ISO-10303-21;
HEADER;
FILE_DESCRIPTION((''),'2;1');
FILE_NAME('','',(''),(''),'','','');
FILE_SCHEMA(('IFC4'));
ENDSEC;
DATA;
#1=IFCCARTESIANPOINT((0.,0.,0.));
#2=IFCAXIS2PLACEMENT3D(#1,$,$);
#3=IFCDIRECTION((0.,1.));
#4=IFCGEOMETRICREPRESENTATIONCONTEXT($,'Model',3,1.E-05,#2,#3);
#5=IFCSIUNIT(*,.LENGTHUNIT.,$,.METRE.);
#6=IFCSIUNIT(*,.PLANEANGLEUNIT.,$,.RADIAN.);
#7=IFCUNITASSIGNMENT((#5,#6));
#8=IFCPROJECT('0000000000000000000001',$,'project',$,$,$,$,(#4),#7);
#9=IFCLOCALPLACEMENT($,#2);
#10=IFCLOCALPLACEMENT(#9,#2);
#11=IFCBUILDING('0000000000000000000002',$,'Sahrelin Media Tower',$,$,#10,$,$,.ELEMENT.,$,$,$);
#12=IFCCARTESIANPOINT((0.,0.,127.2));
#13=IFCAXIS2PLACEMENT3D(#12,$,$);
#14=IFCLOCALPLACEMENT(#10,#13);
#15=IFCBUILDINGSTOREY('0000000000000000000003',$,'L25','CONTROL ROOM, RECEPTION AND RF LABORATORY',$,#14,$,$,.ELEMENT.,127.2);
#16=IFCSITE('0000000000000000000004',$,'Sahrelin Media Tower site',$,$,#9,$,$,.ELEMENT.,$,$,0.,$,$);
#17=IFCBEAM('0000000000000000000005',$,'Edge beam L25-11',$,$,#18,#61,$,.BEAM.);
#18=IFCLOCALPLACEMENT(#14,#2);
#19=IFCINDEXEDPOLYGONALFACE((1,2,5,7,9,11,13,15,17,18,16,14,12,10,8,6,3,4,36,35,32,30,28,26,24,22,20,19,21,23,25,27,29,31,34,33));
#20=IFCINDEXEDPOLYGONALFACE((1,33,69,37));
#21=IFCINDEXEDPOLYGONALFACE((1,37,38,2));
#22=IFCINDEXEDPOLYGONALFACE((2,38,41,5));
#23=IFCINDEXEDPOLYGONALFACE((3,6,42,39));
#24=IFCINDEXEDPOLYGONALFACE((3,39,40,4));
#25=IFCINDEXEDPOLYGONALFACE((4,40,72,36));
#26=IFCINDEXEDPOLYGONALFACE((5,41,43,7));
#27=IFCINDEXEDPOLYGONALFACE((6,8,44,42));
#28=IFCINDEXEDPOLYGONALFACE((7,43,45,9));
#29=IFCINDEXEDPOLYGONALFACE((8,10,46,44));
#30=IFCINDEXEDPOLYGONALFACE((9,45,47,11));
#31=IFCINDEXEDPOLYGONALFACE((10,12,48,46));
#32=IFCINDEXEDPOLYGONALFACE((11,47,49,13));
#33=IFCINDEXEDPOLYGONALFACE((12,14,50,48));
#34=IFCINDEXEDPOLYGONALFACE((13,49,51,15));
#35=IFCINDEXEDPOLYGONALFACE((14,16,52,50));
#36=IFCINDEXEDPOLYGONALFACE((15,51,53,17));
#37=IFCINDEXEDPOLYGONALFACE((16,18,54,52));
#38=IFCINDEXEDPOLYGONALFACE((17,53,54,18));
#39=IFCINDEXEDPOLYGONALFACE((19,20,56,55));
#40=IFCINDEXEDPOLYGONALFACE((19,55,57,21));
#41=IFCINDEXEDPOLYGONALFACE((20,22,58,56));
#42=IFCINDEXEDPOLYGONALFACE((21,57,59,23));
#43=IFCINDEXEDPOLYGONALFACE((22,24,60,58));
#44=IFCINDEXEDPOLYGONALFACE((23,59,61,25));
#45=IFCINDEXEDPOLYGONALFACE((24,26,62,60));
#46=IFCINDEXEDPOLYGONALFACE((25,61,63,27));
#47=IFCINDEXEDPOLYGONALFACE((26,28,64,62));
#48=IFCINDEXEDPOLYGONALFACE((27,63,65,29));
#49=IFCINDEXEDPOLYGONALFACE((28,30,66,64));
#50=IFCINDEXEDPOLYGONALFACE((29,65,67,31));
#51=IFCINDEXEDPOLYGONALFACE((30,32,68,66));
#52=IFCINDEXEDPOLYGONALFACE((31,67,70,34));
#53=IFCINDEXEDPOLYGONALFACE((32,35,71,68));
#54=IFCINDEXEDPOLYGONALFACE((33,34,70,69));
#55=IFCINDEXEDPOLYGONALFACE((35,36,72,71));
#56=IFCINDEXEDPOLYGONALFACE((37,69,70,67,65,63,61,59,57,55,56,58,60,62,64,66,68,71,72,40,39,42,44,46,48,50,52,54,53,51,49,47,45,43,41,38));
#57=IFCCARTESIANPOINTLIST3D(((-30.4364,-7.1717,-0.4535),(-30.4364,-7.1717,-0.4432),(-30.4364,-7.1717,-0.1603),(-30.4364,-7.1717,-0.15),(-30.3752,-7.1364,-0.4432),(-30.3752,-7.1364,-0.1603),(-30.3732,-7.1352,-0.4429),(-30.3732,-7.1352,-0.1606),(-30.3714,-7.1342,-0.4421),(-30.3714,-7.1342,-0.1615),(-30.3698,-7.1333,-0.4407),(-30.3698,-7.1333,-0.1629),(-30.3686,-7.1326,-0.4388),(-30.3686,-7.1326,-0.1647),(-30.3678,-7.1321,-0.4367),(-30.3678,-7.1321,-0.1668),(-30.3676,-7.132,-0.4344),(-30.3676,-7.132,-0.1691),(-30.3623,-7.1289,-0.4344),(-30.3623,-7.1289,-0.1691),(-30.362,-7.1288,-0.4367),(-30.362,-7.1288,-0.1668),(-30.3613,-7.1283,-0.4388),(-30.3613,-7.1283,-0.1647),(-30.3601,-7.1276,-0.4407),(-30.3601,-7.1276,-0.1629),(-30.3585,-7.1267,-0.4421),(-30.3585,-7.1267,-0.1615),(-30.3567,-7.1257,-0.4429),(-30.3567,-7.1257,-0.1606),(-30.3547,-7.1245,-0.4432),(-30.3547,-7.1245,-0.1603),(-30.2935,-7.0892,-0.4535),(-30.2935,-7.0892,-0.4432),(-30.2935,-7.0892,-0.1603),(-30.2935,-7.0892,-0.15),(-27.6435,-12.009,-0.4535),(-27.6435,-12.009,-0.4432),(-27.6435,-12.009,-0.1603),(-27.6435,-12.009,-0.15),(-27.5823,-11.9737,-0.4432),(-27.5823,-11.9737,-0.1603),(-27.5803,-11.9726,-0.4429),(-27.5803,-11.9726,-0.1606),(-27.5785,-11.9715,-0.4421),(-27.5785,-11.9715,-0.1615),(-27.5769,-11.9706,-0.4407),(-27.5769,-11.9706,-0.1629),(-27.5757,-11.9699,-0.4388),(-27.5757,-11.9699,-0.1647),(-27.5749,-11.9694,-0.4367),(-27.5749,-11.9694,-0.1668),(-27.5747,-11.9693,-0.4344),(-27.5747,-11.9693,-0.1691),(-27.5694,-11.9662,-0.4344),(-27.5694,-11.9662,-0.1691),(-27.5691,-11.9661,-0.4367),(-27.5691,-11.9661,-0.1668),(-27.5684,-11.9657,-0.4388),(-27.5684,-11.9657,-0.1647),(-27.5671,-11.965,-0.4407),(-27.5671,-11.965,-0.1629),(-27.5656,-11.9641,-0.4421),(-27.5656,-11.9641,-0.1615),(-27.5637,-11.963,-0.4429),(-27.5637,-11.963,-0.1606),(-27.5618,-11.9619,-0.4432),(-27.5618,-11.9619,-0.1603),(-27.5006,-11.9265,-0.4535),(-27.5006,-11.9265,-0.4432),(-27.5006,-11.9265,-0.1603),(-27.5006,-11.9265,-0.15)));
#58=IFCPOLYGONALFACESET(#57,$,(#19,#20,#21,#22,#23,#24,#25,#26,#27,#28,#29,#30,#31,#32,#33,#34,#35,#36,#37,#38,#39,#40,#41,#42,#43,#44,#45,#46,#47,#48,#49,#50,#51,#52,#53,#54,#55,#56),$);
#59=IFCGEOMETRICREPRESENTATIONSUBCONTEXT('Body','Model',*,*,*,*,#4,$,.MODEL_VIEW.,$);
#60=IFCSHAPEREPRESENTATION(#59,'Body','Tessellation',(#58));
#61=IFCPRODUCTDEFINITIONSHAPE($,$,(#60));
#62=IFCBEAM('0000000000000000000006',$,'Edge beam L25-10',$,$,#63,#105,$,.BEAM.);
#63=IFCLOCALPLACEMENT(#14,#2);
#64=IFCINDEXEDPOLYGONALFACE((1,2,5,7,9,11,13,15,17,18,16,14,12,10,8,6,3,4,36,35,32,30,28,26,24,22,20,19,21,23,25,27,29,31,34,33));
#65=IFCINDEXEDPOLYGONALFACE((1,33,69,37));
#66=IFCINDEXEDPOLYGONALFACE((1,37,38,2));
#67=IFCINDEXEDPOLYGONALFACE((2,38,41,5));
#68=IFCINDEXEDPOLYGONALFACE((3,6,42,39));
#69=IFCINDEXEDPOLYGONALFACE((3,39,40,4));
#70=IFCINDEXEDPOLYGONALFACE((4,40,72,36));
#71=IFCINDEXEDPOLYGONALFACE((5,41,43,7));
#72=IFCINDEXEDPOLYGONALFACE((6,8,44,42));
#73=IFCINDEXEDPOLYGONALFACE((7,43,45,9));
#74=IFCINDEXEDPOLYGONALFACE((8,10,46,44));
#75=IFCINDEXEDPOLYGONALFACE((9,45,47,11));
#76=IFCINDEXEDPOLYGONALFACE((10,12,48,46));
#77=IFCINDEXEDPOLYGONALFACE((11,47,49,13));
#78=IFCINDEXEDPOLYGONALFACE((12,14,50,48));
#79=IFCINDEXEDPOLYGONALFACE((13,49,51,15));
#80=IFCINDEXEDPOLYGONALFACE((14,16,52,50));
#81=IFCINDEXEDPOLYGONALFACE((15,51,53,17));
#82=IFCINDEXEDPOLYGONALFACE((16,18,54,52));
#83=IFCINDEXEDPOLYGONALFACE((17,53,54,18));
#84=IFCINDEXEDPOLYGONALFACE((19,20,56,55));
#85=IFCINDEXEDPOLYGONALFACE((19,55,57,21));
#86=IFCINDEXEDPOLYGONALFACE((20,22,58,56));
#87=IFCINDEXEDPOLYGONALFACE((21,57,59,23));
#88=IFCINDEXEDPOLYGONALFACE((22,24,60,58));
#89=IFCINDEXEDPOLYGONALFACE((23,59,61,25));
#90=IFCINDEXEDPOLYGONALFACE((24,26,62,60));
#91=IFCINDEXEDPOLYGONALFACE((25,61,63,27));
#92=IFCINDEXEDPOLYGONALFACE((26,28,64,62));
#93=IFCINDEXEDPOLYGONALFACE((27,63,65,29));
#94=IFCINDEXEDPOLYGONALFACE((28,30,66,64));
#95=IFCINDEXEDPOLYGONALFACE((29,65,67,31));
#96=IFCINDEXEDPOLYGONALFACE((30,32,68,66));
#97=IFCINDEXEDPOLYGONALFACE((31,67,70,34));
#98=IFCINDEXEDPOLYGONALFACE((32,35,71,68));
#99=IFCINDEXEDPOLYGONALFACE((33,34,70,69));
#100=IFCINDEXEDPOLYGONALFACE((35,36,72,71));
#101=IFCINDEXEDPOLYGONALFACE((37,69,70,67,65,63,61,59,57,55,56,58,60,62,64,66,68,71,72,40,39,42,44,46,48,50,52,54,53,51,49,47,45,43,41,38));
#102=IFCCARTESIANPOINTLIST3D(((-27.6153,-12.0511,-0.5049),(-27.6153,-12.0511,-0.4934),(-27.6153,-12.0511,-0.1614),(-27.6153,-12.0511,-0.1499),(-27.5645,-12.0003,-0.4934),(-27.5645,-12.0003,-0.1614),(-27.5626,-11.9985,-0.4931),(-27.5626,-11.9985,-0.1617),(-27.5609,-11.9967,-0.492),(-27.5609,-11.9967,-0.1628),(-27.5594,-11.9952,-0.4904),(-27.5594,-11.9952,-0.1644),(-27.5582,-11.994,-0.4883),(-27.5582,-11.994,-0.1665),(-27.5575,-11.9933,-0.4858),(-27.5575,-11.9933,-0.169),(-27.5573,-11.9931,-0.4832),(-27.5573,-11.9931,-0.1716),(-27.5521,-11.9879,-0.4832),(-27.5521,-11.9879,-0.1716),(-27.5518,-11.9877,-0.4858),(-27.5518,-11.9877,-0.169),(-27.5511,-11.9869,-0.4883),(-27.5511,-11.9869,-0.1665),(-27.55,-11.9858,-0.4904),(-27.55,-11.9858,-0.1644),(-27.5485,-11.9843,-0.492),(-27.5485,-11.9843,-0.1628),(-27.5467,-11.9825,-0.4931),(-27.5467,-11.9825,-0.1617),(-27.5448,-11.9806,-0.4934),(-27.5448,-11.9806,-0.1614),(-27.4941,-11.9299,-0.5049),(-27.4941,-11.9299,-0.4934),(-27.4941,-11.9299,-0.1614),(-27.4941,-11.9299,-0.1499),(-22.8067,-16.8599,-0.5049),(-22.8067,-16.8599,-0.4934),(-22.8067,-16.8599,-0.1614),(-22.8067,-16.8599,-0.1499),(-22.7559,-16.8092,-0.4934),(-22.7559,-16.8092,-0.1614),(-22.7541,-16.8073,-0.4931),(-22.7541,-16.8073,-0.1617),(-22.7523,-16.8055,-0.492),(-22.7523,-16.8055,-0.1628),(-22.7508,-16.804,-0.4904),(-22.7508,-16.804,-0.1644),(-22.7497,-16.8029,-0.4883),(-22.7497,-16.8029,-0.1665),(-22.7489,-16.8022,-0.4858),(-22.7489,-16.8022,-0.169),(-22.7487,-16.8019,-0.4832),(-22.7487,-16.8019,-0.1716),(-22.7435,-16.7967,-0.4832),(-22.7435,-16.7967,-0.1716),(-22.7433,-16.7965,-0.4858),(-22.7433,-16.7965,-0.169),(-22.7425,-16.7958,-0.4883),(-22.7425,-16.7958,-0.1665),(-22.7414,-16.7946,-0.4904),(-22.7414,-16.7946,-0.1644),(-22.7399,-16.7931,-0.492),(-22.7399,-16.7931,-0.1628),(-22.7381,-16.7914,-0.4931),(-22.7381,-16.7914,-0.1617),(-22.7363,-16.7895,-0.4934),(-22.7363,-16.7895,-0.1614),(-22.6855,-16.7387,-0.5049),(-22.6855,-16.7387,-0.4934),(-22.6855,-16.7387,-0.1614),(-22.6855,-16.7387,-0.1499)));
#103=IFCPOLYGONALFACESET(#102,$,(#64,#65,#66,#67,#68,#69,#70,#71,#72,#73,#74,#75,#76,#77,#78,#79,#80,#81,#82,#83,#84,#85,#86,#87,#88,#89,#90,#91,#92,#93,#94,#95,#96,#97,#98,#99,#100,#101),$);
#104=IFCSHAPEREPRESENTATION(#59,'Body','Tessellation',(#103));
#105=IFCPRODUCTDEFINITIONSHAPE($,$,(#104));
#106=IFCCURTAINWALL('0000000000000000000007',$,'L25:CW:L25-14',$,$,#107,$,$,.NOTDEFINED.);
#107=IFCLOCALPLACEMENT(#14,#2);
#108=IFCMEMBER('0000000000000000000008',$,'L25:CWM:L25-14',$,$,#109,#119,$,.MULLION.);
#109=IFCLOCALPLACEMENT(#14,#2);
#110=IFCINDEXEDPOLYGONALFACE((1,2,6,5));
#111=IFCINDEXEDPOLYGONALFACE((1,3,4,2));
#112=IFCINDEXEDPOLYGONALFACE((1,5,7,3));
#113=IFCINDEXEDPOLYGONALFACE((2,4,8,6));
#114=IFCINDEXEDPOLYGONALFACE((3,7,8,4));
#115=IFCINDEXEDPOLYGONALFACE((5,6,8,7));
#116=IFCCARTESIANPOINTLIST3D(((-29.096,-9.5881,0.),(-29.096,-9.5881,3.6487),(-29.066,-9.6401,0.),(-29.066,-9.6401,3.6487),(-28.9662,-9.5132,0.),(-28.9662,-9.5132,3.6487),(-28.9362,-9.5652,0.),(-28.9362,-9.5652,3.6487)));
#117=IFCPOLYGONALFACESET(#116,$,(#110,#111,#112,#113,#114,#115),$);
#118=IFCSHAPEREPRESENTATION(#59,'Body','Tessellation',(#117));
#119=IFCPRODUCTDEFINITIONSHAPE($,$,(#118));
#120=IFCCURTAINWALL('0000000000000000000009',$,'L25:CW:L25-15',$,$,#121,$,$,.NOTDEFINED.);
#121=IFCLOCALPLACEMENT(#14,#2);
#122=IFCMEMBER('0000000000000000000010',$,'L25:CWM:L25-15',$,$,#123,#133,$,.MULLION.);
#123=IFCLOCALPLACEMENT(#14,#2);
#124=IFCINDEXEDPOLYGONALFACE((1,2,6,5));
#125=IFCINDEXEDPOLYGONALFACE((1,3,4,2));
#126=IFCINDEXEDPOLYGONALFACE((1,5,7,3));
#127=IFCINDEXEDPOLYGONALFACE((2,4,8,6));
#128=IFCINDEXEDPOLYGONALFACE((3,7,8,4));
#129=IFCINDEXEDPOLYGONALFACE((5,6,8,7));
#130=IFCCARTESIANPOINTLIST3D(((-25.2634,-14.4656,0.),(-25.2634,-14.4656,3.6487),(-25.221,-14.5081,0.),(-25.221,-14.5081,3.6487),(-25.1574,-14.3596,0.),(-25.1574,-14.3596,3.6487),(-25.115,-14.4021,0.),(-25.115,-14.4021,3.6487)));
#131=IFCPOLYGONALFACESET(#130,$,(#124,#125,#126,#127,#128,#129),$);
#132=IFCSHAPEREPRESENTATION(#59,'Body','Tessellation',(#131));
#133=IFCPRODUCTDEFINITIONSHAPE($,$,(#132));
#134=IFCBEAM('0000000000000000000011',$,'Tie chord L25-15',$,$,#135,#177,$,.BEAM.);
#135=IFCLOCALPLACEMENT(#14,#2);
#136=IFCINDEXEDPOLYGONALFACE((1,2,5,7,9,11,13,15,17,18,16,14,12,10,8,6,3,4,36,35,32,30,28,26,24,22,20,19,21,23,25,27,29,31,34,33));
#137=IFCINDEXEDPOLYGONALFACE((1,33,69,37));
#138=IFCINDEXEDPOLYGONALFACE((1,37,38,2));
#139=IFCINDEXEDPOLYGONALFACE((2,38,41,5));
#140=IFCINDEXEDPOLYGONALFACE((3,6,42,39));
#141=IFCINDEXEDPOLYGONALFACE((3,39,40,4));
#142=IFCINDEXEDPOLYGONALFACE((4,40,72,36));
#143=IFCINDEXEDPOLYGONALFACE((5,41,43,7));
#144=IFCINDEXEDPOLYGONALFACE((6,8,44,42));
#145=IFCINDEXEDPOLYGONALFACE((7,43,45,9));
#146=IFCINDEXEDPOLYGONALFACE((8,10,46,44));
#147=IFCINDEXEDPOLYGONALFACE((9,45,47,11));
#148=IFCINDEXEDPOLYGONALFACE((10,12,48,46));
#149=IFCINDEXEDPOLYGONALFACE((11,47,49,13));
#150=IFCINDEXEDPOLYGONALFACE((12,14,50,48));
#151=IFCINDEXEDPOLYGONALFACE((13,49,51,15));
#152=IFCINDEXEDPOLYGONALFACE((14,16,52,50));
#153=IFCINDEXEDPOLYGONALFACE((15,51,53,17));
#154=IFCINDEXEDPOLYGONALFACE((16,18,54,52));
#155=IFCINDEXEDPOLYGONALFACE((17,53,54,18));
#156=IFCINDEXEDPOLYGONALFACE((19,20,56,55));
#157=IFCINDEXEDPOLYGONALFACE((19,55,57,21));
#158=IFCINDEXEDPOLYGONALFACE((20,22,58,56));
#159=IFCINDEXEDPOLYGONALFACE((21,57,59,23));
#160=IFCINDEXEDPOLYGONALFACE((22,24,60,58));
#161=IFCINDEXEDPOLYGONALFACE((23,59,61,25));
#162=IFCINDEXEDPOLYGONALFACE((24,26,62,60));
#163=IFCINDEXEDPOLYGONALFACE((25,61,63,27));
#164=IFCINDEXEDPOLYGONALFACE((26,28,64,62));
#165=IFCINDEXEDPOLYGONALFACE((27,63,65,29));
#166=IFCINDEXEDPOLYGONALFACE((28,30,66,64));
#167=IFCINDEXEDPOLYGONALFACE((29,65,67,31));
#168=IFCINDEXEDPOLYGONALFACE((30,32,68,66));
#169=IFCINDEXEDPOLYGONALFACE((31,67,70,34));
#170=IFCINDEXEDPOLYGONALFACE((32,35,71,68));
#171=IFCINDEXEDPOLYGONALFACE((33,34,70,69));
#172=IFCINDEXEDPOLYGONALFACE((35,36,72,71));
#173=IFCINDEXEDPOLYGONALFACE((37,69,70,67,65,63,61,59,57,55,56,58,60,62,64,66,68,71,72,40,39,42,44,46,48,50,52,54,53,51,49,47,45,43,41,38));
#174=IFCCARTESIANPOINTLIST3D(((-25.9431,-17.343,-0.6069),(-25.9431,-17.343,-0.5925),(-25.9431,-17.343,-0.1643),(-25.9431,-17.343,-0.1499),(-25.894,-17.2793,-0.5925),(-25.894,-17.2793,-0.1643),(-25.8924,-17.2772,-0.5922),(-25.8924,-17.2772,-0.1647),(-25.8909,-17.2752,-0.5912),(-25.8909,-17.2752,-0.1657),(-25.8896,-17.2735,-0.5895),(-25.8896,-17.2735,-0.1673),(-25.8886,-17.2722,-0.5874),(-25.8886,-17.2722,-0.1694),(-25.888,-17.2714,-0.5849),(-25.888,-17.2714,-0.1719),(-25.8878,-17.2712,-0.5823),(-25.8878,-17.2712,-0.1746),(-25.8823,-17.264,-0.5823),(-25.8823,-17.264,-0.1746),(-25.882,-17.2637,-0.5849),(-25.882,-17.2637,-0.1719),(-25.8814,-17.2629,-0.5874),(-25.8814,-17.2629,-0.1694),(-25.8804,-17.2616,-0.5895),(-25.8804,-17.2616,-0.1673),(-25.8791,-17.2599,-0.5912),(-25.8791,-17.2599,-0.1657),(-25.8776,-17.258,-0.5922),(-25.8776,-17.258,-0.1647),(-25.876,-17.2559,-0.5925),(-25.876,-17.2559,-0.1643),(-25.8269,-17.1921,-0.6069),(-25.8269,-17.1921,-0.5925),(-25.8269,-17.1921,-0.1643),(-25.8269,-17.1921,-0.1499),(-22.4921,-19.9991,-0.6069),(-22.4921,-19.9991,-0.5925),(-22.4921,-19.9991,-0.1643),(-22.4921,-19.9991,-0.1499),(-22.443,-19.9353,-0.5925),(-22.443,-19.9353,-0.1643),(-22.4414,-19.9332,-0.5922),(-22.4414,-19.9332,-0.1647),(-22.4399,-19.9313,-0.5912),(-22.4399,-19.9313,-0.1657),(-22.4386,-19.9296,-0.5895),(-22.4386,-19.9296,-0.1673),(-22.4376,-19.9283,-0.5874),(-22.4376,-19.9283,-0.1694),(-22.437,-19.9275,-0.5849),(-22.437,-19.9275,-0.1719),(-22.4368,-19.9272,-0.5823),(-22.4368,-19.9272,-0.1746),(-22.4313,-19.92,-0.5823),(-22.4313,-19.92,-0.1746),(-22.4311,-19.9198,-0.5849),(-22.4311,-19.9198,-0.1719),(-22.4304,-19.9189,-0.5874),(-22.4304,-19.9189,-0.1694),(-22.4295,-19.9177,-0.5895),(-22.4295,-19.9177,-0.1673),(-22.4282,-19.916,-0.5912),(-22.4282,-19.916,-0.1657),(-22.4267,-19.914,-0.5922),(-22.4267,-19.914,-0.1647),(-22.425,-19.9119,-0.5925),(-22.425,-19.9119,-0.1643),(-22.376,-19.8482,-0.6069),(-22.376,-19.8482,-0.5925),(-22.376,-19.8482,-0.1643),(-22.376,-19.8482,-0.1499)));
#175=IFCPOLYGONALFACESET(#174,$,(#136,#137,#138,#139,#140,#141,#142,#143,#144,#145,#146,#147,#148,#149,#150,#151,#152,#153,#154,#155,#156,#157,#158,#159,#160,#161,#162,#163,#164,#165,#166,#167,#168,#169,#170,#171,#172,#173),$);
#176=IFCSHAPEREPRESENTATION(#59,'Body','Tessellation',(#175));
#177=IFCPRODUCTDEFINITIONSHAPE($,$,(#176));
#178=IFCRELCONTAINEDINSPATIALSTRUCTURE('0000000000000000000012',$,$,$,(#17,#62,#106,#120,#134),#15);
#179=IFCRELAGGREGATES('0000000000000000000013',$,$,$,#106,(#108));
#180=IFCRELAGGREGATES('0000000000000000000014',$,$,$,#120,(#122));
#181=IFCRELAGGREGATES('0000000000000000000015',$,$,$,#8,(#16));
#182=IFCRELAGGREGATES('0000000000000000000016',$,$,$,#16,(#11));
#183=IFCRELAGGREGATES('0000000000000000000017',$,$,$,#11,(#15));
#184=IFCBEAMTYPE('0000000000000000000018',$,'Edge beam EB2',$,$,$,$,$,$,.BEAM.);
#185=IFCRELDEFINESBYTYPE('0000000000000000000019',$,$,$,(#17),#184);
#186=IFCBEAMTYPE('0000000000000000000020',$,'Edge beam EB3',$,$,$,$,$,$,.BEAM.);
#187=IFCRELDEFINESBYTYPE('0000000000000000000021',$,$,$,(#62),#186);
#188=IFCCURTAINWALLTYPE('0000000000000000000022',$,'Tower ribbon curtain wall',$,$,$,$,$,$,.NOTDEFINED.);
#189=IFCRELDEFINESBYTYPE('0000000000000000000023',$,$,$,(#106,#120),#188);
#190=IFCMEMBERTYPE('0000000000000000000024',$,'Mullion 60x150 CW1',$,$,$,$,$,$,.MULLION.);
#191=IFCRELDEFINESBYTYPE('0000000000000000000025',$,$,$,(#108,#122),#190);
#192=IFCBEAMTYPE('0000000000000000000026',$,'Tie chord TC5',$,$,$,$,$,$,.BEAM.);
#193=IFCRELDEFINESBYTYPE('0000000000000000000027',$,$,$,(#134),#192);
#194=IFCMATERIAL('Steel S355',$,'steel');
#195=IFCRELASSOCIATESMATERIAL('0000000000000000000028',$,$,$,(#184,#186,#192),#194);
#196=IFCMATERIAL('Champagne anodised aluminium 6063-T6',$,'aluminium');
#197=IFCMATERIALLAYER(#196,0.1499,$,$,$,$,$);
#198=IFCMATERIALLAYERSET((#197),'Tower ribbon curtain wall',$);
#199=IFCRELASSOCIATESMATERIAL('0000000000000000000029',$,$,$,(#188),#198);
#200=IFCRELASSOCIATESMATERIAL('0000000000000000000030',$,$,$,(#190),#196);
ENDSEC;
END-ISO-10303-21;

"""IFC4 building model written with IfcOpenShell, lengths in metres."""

from ifc_helpers import new_model, si_unit, direction, frame, origin, origin_2d, place, context, subcontext, project, spatial, rectangle, i_section, extrude, material, layer, layer_set, material_profile, profile_set, type_object, element, aggregate, save


model = new_model("IFC4")

# Units and contexts
model_context = context("Model", 3, precision=1e-05, world=origin(), true_north=direction((0.0, 1.0)))
body_context = subcontext(model_context, "Body", "Model", "MODEL_VIEW")
ifc_project = project(units=[si_unit("LENGTHUNIT", "METRE"), si_unit("PLANEANGLEUNIT", "RADIAN")], contexts=[model_context])

# Site, building, storey
site_placement = place(None, origin())
site = spatial("IfcSite", under=ifc_project, at=site_placement, Name="Sahrelin Media Tower site", CompositionType="ELEMENT", RefElevation=0.0)
building_placement = place(site_placement, origin())
building = spatial("IfcBuilding", under=site, at=building_placement, Name="Sahrelin Media Tower", CompositionType="ELEMENT")
storey_placement = place(building_placement, frame((0.0, 0.0, 127.2)))
storey = spatial("IfcBuildingStorey", under=building, at=storey_placement, Name="L25", Description="CONTROL ROOM, RECEPTION AND RF LABORATORY", CompositionType="ELEMENT", Elevation=127.2)

# Beams
ifc_material_1 = material(Name="Steel S355", Category="steel")
ifc_material_profile_1 = material_profile(ifc_material_1, i_section(OverallWidth=0.165, OverallDepth=0.3035, WebThickness=0.0061, FlangeThickness=0.0103, FilletRadius=0.0088, at=origin_2d()), Name="UB 305x165x40")
ifc_profile_set_1 = profile_set([ifc_material_profile_1], Name="Steel S355")
beam_type_1 = type_object("IfcBeamType", Name="Edge beam EB2", PredefinedType="BEAM", material=ifc_profile_set_1)
beam_1_placement = place(storey_placement, frame((-27.572, -11.9678, -0.3018), z_axis=(-0.500013, 0.866018, 0.0), x_axis=(-0.866018, -0.500013, 0.0)))
element("IfcBeam", 1, at=beam_1_placement, inside=storey, type_object=beam_type_1, Name="Edge beam L25-11", PredefinedType="BEAM", context=body_context, shape_type="SweptSolid", body=[
    extrude(i_section(OverallWidth=0.165, OverallDepth=0.3035, WebThickness=0.0061, FlangeThickness=0.0103, FilletRadius=0.0088, at=origin_2d()), origin(), (0.0, 0.0, 1.0), 5.5857),
])
ifc_material_profile_2 = material_profile(ifc_material_1, i_section(OverallWidth=0.1714, OverallDepth=0.355, WebThickness=0.0073, FlangeThickness=0.0115, FilletRadius=0.0103, at=origin_2d()), Name="UB 356x171x51")
ifc_profile_set_2 = profile_set([ifc_material_profile_2], Name="Steel S355")
beam_type_2 = type_object("IfcBeamType", Name="Edge beam EB3", PredefinedType="BEAM", material=ifc_profile_set_2)
beam_2_placement = place(storey_placement, frame((-22.7461, -16.7993, -0.3274), z_axis=(-0.707089, 0.707125, 0.0), x_axis=(-0.707125, -0.707089, 0.0)))
element("IfcBeam", 2, at=beam_2_placement, inside=storey, type_object=beam_type_2, Name="Edge beam L25-10", PredefinedType="BEAM", context=body_context, shape_type="SweptSolid", body=[
    extrude(i_section(OverallWidth=0.1714, OverallDepth=0.355, WebThickness=0.0073, FlangeThickness=0.0115, FilletRadius=0.0103, at=origin_2d()), origin(), (0.0, 0.0, 1.0), 6.8005),
])

# Curtain walls, members
ifc_material_2 = material(Name="Champagne anodised aluminium 6063-T6", Category="aluminium")
ifc_layer_1 = layer(ifc_material_2, 0.1499)
ifc_layer_set_1 = layer_set([ifc_layer_1], Name="Tower ribbon curtain wall")
curtain_wall_type = type_object("IfcCurtainWallType", Name="Tower ribbon curtain wall", PredefinedType="NOTDEFINED", material=ifc_layer_set_1)
curtain_wall_1_placement = place(storey_placement, frame((-29.0984, -9.624, 0.0), z_axis=(0.0, 0.0, 1.0), x_axis=(1.0, 0.0, 0.0)))
curtain_wall_1 = element("IfcCurtainWall", 3, at=curtain_wall_1_placement, inside=storey, type_object=curtain_wall_type, Name="L25:CW:L25-14", PredefinedType="NOTDEFINED")
ifc_material_profile_3 = material_profile(ifc_material_2, rectangle(XDim=0.0601, YDim=0.1499, at=origin_2d()), Name="Mullion 60x150")
ifc_profile_set_3 = profile_set([ifc_material_profile_3], Name="Champagne anodised aluminium 6063-T6")
member_type_1 = type_object("IfcMemberType", Name="Mullion 60x150 CW1", PredefinedType="MULLION", material=ifc_profile_set_3)
member_1_placement = place(storey_placement, frame((-29.0161, -9.5767, 0.0), z_axis=(0.0, 0.0, 1.0), x_axis=(0.499998, -0.866026, 0.0)))
member_1 = element("IfcMember", 4, at=member_1_placement, type_object=member_type_1, Name="L25:CWM:L25-14", PredefinedType="MULLION", context=body_context, shape_type="SweptSolid", body=[
    extrude(rectangle(XDim=0.0601, YDim=0.1499, at=origin_2d()), origin(), (0.0, 0.0, 1.0), 3.6487),
])
aggregate(curtain_wall_1, [member_1])
curtain_wall_2_placement = place(storey_placement, frame((-25.2563, -14.501, 0.0), z_axis=(0.0, 0.0, 1.0), x_axis=(1.0, 0.0, 0.0)))
curtain_wall_2 = element("IfcCurtainWall", 5, at=curtain_wall_2_placement, inside=storey, type_object=curtain_wall_type, Name="L25:CW:L25-15", PredefinedType="NOTDEFINED")
member_2_placement = place(storey_placement, frame((-25.1892, -14.4338, 0.0), z_axis=(0.0, 0.0, 1.0), x_axis=(0.707099, -0.707114, 0.0)))
member_2 = element("IfcMember", 6, at=member_2_placement, type_object=member_type_1, Name="L25:CWM:L25-15", PredefinedType="MULLION", context=body_context, shape_type="SweptSolid", body=[
    extrude(rectangle(XDim=0.0601, YDim=0.1499, at=origin_2d()), origin(), (0.0, 0.0, 1.0), 3.6487),
])

# Beam
ifc_material_profile_4 = material_profile(ifc_material_1, i_section(OverallWidth=0.1904, OverallDepth=0.457, WebThickness=0.009, FlangeThickness=0.0144, FilletRadius=0.0103, at=origin_2d()), Name="UB 457x191x74")
ifc_profile_set_4 = profile_set([ifc_material_profile_4], Name="Steel S355")
beam_type_3 = type_object("IfcBeamType", Name="Tie chord TC5", PredefinedType="BEAM", material=ifc_profile_set_4)
beam_3_placement = place(storey_placement, frame((-25.885, -17.2676, -0.3784), z_axis=(0.792463, -0.609919, 0.0), x_axis=(0.609919, 0.792463, 0.0)))
element("IfcBeam", 7, at=beam_3_placement, inside=storey, type_object=beam_type_3, Name="Tie chord L25-15", PredefinedType="BEAM", context=body_context, shape_type="SweptSolid", body=[
    extrude(i_section(OverallWidth=0.1904, OverallDepth=0.457, WebThickness=0.009, FlangeThickness=0.0144, FilletRadius=0.0103, at=origin_2d()), origin(), (0.0, 0.0, 1.0), 4.3547),
])

aggregate(curtain_wall_2, [member_2])

save(model, "model.ifc")
